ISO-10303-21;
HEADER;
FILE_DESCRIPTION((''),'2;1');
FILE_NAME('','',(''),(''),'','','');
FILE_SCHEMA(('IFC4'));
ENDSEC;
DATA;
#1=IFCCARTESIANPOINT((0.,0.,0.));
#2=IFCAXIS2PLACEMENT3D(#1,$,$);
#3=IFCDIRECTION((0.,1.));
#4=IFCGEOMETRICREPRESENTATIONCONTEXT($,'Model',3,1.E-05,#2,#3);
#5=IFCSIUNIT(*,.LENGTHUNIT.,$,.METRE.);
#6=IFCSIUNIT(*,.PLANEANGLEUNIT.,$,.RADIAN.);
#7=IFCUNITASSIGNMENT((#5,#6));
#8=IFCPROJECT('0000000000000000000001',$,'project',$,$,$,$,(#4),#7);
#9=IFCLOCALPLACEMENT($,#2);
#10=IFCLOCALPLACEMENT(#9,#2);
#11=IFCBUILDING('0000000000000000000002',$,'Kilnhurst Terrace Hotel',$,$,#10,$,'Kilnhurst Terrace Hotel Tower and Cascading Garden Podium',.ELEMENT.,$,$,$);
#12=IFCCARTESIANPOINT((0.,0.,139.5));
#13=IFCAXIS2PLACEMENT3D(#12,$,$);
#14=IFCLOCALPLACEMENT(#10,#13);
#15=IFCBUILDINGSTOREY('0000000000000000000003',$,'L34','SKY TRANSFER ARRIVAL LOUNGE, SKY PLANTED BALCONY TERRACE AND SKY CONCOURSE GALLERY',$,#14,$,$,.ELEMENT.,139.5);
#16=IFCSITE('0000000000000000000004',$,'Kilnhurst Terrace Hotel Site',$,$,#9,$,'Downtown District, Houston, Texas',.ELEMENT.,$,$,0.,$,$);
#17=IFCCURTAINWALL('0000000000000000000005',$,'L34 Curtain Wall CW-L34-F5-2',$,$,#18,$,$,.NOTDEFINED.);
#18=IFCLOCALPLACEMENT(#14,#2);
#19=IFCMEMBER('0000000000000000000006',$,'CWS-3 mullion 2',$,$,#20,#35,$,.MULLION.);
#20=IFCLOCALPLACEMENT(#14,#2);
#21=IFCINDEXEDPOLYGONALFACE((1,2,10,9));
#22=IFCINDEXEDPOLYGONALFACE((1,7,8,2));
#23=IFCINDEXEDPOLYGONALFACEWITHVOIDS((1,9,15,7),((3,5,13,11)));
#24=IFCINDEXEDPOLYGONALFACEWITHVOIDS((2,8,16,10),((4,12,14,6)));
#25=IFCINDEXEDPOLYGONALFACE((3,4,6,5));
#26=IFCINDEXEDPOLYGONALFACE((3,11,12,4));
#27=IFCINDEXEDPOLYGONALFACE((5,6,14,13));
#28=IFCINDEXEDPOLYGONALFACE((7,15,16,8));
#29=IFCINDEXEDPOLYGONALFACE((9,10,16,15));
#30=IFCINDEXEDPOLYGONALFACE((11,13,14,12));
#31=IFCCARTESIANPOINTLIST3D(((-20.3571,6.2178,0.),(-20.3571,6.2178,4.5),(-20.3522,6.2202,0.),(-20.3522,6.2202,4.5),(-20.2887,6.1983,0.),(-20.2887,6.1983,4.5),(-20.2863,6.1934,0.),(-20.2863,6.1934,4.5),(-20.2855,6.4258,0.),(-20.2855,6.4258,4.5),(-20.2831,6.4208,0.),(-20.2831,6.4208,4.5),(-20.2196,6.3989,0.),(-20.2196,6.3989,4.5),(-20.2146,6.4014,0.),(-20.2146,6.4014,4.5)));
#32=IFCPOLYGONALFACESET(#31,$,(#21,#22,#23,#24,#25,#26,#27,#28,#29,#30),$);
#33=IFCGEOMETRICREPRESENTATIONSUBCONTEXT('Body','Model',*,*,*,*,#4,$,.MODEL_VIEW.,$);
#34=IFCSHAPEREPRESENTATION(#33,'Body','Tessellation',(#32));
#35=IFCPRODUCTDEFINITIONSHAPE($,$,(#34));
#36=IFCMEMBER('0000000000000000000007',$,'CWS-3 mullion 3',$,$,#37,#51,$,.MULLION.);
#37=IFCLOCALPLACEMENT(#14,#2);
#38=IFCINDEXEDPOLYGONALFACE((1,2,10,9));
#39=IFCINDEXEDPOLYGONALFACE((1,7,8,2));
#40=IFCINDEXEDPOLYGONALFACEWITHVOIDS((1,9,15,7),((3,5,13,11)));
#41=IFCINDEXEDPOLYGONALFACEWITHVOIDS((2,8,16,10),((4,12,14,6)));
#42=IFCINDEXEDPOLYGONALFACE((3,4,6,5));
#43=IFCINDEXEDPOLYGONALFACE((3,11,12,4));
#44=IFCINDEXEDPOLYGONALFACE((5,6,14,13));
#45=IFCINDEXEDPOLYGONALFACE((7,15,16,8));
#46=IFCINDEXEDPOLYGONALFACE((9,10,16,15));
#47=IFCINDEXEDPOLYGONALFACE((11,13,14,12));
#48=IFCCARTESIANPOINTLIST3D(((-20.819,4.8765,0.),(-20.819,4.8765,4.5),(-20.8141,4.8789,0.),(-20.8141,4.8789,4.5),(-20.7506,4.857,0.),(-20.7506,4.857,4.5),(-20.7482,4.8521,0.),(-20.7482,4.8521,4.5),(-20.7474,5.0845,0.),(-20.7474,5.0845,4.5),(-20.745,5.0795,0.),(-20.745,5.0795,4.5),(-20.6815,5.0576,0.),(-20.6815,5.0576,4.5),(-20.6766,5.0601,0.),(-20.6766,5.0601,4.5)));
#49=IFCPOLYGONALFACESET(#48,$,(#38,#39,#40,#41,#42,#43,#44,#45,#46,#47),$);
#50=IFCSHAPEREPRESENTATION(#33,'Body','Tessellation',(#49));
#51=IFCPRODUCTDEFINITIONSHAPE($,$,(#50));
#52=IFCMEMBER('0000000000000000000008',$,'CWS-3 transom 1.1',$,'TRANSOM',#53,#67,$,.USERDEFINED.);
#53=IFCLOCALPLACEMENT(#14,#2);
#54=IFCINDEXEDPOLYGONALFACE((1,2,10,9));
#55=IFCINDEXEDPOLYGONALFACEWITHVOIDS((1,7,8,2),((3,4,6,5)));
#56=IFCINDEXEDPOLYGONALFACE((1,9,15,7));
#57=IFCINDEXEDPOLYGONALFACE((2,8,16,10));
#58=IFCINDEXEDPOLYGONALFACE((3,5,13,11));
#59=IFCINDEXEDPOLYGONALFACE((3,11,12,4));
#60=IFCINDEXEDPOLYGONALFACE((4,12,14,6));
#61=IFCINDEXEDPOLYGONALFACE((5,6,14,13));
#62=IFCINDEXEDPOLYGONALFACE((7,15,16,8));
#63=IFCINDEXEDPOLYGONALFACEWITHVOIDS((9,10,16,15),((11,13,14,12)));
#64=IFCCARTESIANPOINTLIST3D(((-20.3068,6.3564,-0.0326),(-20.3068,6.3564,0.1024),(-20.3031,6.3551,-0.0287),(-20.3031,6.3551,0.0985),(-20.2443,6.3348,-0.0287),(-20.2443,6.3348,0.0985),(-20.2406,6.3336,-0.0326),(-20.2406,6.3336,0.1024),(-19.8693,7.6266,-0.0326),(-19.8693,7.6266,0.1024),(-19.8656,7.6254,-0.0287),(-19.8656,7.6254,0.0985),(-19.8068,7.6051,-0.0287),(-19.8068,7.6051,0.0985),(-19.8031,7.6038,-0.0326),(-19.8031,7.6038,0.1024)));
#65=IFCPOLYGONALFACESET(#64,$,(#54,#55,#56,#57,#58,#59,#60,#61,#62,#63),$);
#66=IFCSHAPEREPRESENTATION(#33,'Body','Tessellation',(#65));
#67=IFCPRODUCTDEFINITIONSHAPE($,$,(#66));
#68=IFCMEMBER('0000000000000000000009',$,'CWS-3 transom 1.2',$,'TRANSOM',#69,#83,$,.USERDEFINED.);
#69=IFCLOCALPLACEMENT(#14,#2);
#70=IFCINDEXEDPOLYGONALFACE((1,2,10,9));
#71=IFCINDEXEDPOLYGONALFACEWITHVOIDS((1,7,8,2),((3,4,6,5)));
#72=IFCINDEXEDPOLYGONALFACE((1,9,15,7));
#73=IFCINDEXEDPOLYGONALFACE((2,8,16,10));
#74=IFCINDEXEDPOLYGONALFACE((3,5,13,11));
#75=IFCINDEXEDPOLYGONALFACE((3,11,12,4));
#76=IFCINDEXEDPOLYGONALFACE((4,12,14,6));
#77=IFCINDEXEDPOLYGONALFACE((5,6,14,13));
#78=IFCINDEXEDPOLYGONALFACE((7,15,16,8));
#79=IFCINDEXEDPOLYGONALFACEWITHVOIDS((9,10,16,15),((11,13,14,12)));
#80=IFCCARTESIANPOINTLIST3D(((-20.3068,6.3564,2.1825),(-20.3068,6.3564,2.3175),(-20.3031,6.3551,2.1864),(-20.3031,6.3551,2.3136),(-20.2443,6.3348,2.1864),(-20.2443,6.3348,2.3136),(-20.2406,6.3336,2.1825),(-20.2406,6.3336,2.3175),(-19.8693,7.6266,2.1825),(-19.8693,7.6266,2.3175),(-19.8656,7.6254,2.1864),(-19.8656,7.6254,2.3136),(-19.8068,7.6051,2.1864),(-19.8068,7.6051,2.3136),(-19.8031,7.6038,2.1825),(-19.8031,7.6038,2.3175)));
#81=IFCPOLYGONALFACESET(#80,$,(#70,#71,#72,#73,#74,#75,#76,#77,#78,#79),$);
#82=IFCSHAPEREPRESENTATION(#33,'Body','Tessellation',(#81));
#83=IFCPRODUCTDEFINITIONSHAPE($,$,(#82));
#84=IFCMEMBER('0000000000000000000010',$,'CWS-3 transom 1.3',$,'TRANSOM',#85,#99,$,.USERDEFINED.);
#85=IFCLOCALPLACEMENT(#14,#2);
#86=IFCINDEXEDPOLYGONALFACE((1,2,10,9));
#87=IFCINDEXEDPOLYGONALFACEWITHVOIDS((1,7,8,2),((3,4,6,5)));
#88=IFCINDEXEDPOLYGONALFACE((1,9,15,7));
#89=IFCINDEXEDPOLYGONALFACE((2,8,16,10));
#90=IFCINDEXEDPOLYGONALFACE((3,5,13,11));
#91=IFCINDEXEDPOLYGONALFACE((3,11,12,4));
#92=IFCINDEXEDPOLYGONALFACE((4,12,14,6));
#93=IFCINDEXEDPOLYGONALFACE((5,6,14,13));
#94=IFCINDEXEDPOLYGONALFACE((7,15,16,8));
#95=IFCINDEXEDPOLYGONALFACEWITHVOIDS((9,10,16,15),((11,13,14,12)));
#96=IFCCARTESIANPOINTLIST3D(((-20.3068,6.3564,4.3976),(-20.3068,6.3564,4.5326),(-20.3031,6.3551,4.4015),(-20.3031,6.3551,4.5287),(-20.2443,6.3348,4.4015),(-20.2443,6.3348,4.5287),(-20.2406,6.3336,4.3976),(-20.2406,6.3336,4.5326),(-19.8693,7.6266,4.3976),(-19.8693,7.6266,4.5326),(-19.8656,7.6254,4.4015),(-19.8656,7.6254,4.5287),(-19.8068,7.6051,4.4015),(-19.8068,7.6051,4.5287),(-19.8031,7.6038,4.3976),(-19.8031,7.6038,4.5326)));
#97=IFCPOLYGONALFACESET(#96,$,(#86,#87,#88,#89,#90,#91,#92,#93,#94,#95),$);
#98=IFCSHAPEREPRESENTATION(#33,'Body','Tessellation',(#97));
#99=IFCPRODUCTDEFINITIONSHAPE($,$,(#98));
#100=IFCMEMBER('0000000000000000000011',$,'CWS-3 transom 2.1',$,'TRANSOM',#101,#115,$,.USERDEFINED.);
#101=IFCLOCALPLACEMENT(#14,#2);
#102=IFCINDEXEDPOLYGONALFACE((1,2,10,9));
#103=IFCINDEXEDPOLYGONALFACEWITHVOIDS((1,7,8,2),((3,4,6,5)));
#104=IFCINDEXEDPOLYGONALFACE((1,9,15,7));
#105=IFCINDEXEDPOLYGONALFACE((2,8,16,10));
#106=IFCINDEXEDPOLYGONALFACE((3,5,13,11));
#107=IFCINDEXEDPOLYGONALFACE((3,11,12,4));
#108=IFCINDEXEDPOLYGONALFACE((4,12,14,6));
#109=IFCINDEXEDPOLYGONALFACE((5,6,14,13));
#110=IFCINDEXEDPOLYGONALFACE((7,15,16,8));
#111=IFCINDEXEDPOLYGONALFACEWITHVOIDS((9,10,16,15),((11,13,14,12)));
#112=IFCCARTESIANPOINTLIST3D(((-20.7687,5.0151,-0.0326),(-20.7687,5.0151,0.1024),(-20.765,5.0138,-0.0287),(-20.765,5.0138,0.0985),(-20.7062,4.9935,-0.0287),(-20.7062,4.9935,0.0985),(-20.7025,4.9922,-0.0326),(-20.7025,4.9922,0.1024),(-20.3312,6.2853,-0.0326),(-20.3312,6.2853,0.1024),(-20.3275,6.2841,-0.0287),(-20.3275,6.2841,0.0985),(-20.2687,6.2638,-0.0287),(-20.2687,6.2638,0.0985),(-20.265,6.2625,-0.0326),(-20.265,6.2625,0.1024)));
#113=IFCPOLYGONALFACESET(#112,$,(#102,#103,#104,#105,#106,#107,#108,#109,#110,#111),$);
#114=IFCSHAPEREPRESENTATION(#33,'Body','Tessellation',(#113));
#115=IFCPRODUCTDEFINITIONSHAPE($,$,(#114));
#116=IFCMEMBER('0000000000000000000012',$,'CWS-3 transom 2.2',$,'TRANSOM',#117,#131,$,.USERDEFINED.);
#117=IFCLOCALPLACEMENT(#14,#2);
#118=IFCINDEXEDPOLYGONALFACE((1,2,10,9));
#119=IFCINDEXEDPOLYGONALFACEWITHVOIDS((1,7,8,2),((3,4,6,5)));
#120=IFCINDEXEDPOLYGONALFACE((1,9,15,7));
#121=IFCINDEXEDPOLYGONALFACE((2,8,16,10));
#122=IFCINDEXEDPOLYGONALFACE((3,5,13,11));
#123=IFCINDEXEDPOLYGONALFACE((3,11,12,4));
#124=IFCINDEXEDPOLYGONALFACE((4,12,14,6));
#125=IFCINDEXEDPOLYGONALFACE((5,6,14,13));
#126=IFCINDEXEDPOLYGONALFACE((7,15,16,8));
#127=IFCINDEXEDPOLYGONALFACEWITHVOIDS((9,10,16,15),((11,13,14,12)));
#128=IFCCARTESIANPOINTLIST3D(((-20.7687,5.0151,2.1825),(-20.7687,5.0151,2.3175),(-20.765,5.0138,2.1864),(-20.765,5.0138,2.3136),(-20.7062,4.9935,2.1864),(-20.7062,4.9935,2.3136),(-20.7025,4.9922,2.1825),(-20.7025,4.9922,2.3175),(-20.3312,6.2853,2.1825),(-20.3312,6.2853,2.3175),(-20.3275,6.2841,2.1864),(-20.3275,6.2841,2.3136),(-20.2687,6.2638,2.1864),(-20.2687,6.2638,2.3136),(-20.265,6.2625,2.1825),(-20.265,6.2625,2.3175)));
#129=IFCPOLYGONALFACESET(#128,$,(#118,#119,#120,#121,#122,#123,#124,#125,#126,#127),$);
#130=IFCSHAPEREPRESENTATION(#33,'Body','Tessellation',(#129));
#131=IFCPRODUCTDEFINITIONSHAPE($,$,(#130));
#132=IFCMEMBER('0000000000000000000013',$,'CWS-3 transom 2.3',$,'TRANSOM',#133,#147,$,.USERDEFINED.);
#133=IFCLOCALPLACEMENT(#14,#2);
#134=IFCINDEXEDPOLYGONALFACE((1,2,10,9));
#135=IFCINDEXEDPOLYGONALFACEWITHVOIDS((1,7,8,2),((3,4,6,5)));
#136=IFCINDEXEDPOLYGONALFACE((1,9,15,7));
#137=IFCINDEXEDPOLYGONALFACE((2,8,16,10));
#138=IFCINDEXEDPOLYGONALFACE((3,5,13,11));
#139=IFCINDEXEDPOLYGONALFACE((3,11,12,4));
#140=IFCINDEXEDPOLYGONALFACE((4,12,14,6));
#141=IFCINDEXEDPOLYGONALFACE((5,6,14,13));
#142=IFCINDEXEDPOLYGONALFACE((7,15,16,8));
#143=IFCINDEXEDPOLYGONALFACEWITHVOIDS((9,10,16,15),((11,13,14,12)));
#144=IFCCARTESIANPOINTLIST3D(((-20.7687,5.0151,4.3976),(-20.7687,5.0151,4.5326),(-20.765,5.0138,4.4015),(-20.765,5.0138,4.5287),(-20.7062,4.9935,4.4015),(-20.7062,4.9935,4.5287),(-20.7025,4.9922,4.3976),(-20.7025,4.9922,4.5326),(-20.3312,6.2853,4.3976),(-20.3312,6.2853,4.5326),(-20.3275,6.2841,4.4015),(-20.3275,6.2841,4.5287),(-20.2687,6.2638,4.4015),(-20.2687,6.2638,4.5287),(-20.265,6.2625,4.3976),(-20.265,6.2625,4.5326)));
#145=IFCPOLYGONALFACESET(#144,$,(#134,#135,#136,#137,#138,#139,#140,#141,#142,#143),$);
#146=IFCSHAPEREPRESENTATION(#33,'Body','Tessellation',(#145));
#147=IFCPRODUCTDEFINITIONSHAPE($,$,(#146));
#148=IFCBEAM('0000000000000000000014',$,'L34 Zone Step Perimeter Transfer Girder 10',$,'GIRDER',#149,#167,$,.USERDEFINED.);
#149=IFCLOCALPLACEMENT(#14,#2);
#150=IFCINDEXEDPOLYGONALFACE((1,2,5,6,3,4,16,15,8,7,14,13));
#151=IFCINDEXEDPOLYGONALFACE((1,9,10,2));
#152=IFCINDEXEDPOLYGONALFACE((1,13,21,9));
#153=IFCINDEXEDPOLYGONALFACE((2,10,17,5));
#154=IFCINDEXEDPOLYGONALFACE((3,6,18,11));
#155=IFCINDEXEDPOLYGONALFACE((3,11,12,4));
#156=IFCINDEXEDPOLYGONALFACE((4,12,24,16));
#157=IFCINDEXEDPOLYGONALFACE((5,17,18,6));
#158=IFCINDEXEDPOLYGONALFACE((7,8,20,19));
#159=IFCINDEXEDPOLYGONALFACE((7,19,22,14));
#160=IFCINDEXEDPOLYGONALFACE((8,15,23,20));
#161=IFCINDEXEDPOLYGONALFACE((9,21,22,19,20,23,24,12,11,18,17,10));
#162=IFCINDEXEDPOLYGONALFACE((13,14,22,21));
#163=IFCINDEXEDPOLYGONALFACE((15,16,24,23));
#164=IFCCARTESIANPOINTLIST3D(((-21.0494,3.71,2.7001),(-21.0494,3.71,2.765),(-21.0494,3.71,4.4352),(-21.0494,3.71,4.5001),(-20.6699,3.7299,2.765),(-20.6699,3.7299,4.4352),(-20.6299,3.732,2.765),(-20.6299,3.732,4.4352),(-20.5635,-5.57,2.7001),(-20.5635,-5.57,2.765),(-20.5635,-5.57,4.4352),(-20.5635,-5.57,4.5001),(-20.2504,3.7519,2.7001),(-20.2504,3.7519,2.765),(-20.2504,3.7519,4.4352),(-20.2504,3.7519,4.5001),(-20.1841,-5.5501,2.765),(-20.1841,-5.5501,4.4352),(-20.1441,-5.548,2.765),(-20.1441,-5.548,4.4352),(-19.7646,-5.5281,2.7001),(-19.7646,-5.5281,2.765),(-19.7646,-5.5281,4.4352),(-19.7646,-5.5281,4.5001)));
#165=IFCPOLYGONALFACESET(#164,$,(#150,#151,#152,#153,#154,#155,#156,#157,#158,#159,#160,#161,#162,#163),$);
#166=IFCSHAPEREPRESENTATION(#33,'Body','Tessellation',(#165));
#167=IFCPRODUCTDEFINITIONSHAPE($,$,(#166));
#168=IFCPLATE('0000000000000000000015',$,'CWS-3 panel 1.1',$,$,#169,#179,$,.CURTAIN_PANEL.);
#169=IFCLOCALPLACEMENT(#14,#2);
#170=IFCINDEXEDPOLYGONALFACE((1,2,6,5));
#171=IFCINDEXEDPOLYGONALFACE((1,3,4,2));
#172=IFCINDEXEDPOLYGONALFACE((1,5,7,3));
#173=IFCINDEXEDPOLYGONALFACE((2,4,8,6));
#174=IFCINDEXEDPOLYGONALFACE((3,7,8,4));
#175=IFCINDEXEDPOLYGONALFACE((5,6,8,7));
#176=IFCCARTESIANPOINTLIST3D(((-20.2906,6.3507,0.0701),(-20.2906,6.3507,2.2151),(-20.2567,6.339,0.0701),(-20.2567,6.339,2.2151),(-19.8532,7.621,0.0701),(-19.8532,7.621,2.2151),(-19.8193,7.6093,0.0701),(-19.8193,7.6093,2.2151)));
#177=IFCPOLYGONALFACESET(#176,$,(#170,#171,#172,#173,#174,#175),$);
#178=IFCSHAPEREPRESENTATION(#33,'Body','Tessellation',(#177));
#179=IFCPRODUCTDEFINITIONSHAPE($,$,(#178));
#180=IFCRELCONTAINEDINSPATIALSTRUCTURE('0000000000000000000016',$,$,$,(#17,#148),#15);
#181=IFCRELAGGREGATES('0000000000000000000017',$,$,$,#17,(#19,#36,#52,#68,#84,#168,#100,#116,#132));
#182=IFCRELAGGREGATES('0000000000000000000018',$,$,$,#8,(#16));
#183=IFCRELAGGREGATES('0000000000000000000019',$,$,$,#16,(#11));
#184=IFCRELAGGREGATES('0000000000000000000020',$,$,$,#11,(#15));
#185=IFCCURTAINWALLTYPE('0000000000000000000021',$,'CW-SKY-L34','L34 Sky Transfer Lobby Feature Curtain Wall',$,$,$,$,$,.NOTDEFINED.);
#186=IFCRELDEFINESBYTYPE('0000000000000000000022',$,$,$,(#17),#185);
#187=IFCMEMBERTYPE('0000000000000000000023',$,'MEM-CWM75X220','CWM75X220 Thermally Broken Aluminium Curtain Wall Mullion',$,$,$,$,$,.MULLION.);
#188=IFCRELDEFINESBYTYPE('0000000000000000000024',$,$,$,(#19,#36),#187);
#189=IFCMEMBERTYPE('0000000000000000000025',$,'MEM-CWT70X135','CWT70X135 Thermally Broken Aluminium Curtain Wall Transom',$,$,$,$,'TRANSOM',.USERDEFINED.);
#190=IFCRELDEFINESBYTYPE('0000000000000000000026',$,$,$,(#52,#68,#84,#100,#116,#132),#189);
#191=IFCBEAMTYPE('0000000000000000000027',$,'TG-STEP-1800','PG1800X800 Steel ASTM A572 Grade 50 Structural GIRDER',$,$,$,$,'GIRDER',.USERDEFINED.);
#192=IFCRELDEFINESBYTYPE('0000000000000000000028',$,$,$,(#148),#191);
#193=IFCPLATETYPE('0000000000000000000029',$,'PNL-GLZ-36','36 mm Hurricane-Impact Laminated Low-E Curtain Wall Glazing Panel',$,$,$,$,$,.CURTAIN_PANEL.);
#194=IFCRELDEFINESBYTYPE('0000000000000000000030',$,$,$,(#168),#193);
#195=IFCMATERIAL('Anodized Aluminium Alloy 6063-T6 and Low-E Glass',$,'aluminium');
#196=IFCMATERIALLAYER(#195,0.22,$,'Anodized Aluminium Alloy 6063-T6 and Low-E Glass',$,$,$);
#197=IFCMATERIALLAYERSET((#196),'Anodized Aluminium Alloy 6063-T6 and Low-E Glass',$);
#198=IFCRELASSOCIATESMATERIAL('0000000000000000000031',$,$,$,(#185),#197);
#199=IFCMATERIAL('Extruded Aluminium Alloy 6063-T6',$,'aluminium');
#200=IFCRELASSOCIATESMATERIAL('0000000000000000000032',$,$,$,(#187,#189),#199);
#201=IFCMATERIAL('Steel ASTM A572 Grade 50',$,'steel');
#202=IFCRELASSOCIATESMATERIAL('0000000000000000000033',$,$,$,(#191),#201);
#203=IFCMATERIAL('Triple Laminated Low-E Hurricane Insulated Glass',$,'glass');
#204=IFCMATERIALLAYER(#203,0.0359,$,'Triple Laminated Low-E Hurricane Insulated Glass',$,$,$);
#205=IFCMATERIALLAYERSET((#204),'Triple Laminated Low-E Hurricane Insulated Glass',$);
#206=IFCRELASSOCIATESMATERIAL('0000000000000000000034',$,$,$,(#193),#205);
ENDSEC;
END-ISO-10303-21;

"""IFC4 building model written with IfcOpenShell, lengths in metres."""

from ifc_helpers import new_model, si_unit, direction, frame, origin, origin_2d, place, context, subcontext, project, spatial, rectangle, hollow_rectangle, i_section, extrude, material, layer, layer_set, material_profile, profile_set, type_object, element, aggregate, save


model = new_model("IFC4")

# Units and contexts
model_context = context("Model", 3, precision=1e-05, world=origin(), true_north=direction((0.0, 1.0)))
body_context = subcontext(model_context, "Body", "Model", "MODEL_VIEW")
ifc_project = project(units=[si_unit("LENGTHUNIT", "METRE"), si_unit("PLANEANGLEUNIT", "RADIAN")], contexts=[model_context])

# Site, building, storey
site_placement = place(None, origin())
site = spatial("IfcSite", under=ifc_project, at=site_placement, Name="Kilnhurst Terrace Hotel Site", LongName="Downtown District, Houston, Texas", CompositionType="ELEMENT", RefElevation=0.0)
building_placement = place(site_placement, origin())
building = spatial("IfcBuilding", under=site, at=building_placement, Name="Kilnhurst Terrace Hotel", LongName="Kilnhurst Terrace Hotel Tower and Cascading Garden Podium", CompositionType="ELEMENT")
storey_placement = place(building_placement, frame((0.0, 0.0, 139.5)))
storey = spatial("IfcBuildingStorey", under=building, at=storey_placement, Name="L34", Description="SKY TRANSFER ARRIVAL LOUNGE, SKY PLANTED BALCONY TERRACE AND SKY CONCOURSE GALLERY", CompositionType="ELEMENT", Elevation=139.5)

# Curtain wall, members
ifc_material_1 = material(Name="Anodized Aluminium Alloy 6063-T6 and Low-E Glass", Category="aluminium")
ifc_layer_1 = layer(ifc_material_1, 0.22, Name="Anodized Aluminium Alloy 6063-T6 and Low-E Glass")
ifc_layer_set_1 = layer_set([ifc_layer_1], Name="Anodized Aluminium Alloy 6063-T6 and Low-E Glass")
curtain_wall_type = type_object("IfcCurtainWallType", Name="CW-SKY-L34", Description="L34 Sky Transfer Lobby Feature Curtain Wall", PredefinedType="NOTDEFINED", material=ifc_layer_set_1)
curtain_wall_placement = place(storey_placement, origin())
curtain_wall = element("IfcCurtainWall", 1, at=curtain_wall_placement, inside=storey, type_object=curtain_wall_type, Name="L34 Curtain Wall CW-L34-F5-2", PredefinedType="NOTDEFINED")
ifc_material_2 = material(Name="Extruded Aluminium Alloy 6063-T6", Category="aluminium")
ifc_material_profile_1 = material_profile(ifc_material_2, hollow_rectangle(XDim=0.075, YDim=0.22, WallThickness=0.0039, at=origin_2d()), Name="CWM75X220")
ifc_profile_set_1 = profile_set([ifc_material_profile_1], Name="Extruded Aluminium Alloy 6063-T6")
member_type_1 = type_object("IfcMemberType", Name="MEM-CWM75X220", Description="CWM75X220 Thermally Broken Aluminium Curtain Wall Mullion", PredefinedType="MULLION", material=ifc_profile_set_1)
member_1_placement = place(storey_placement, frame((-20.2859, 6.3096, 0.0), z_axis=(0.0, 0.0, 1.0), x_axis=(0.945512, -0.325587, 0.0)))
member_1 = element("IfcMember", 2, at=member_1_placement, type_object=member_type_1, Name="CWS-3 mullion 2", PredefinedType="MULLION", context=body_context, shape_type="SweptSolid", body=[
    extrude(hollow_rectangle(XDim=0.075, YDim=0.22, WallThickness=0.0039, at=origin_2d()), origin(), (0.0, 0.0, 1.0), 4.5),
])
member_2_placement = place(storey_placement, frame((-20.7478, 4.9683, 0.0), z_axis=(0.0, 0.0, 1.0), x_axis=(0.945512, -0.325587, 0.0)))
member_2 = element("IfcMember", 3, at=member_2_placement, type_object=member_type_1, Name="CWS-3 mullion 3", PredefinedType="MULLION", context=body_context, shape_type="SweptSolid", body=[
    extrude(hollow_rectangle(XDim=0.075, YDim=0.22, WallThickness=0.0039, at=origin_2d()), origin(), (0.0, 0.0, 1.0), 4.5),
])
ifc_material_profile_2 = material_profile(ifc_material_2, hollow_rectangle(XDim=0.0701, YDim=0.135, WallThickness=0.0039, at=origin_2d()), Name="CWT70X135")
ifc_profile_set_2 = profile_set([ifc_material_profile_2], Name="Extruded Aluminium Alloy 6063-T6")
member_type_2 = type_object("IfcMemberType", Name="MEM-CWT70X135", Description="CWT70X135 Thermally Broken Aluminium Curtain Wall Transom", ElementType="TRANSOM", PredefinedType="USERDEFINED", material=ifc_profile_set_2)
member_3_placement = place(storey_placement, frame((-19.8362, 7.6152, 0.0349), z_axis=(-0.325643, -0.945493, 0.0), x_axis=(0.945493, -0.325643, 0.0)))
member_3 = element("IfcMember", 4, at=member_3_placement, type_object=member_type_2, Name="CWS-3 transom 1.1", ObjectType="TRANSOM", PredefinedType="USERDEFINED", context=body_context, shape_type="SweptSolid", body=[
    extrude(hollow_rectangle(XDim=0.0701, YDim=0.135, WallThickness=0.0039, at=origin_2d()), origin(), (0.0, 0.0, 1.0), 1.3435),
])
member_4_placement = place(storey_placement, frame((-19.8362, 7.6152, 2.25), z_axis=(-0.325643, -0.945493, 0.0), x_axis=(0.945493, -0.325643, 0.0)))
member_4 = element("IfcMember", 5, at=member_4_placement, type_object=member_type_2, Name="CWS-3 transom 1.2", ObjectType="TRANSOM", PredefinedType="USERDEFINED", context=body_context, shape_type="SweptSolid", body=[
    extrude(hollow_rectangle(XDim=0.0701, YDim=0.135, WallThickness=0.0039, at=origin_2d()), origin(), (0.0, 0.0, 1.0), 1.3435),
])
member_5_placement = place(storey_placement, frame((-19.8362, 7.6152, 4.4651), z_axis=(-0.325643, -0.945493, 0.0), x_axis=(0.945493, -0.325643, 0.0)))
member_5 = element("IfcMember", 6, at=member_5_placement, type_object=member_type_2, Name="CWS-3 transom 1.3", ObjectType="TRANSOM", PredefinedType="USERDEFINED", context=body_context, shape_type="SweptSolid", body=[
    extrude(hollow_rectangle(XDim=0.0701, YDim=0.135, WallThickness=0.0039, at=origin_2d()), origin(), (0.0, 0.0, 1.0), 1.3435),
])
member_6_placement = place(storey_placement, frame((-20.2981, 6.2739, 0.0349), z_axis=(-0.325643, -0.945493, 0.0), x_axis=(0.945493, -0.325643, 0.0)))
member_6 = element("IfcMember", 7, at=member_6_placement, type_object=member_type_2, Name="CWS-3 transom 2.1", ObjectType="TRANSOM", PredefinedType="USERDEFINED", context=body_context, shape_type="SweptSolid", body=[
    extrude(hollow_rectangle(XDim=0.0701, YDim=0.135, WallThickness=0.0039, at=origin_2d()), origin(), (0.0, 0.0, 1.0), 1.3435),
])
member_7_placement = place(storey_placement, frame((-20.2981, 6.2739, 2.25), z_axis=(-0.325643, -0.945493, 0.0), x_axis=(0.945493, -0.325643, 0.0)))
member_7 = element("IfcMember", 8, at=member_7_placement, type_object=member_type_2, Name="CWS-3 transom 2.2", ObjectType="TRANSOM", PredefinedType="USERDEFINED", context=body_context, shape_type="SweptSolid", body=[
    extrude(hollow_rectangle(XDim=0.0701, YDim=0.135, WallThickness=0.0039, at=origin_2d()), origin(), (0.0, 0.0, 1.0), 1.3435),
])
member_8_placement = place(storey_placement, frame((-20.2981, 6.2739, 4.4651), z_axis=(-0.325643, -0.945493, 0.0), x_axis=(0.945493, -0.325643, 0.0)))
member_8 = element("IfcMember", 9, at=member_8_placement, type_object=member_type_2, Name="CWS-3 transom 2.3", ObjectType="TRANSOM", PredefinedType="USERDEFINED", context=body_context, shape_type="SweptSolid", body=[
    extrude(hollow_rectangle(XDim=0.0701, YDim=0.135, WallThickness=0.0039, at=origin_2d()), origin(), (0.0, 0.0, 1.0), 1.3435),
])

# Beam
ifc_material_3 = material(Name="Steel ASTM A572 Grade 50", Category="steel")
ifc_material_profile_3 = material_profile(ifc_material_3, i_section(OverallWidth=0.8, OverallDepth=1.8, WebThickness=0.04, FlangeThickness=0.0649, at=origin_2d()), Name="PG1800X800")
ifc_profile_set_3 = profile_set([ifc_material_profile_3], Name="Steel ASTM A572 Grade 50")
beam_type_1 = type_object("IfcBeamType", Name="TG-STEP-1800", Description="PG1800X800 Steel ASTM A572 Grade 50 Structural GIRDER", ElementType="GIRDER", PredefinedType="USERDEFINED", material=ifc_profile_set_3)
beam_1_placement = place(storey_placement, frame((-20.6499, 3.731, 3.6001), z_axis=(0.052282, -0.998632, 0.0), x_axis=(0.998632, 0.052282, 0.0)))
element("IfcBeam", 10, at=beam_1_placement, inside=storey, type_object=beam_type_1, Name="L34 Zone Step Perimeter Transfer Girder 10", ObjectType="GIRDER", PredefinedType="USERDEFINED", context=body_context, shape_type="SweptSolid", body=[
    extrude(i_section(OverallWidth=0.8, OverallDepth=1.8, WebThickness=0.04, FlangeThickness=0.0649, at=origin_2d()), origin(), (0.0, 0.0, 1.0), 9.2927),
])

# Plate
ifc_material_4 = material(Name="Triple Laminated Low-E Hurricane Insulated Glass", Category="glass")
ifc_layer_2 = layer(ifc_material_4, 0.0359, Name="Triple Laminated Low-E Hurricane Insulated Glass")
ifc_layer_set_2 = layer_set([ifc_layer_2], Name="Triple Laminated Low-E Hurricane Insulated Glass")
plate_type = type_object("IfcPlateType", Name="PNL-GLZ-36", Description="36 mm Hurricane-Impact Laminated Low-E Curtain Wall Glazing Panel", PredefinedType="CURTAIN_PANEL", material=ifc_layer_set_2)
plate_1_placement = place(storey_placement, frame((-20.0549, 6.98, 0.0701), z_axis=(0.0, 0.0, 1.0), x_axis=(-0.325587, -0.945512, 0.0)))
plate_1 = element("IfcPlate", 11, at=plate_1_placement, type_object=plate_type, Name="CWS-3 panel 1.1", PredefinedType="CURTAIN_PANEL", context=body_context, shape_type="SweptSolid", body=[
    extrude(rectangle(XDim=1.3435, YDim=0.0359, at=origin_2d()), origin(), (0.0, 0.0, 1.0), 2.145),
])
aggregate(curtain_wall, [member_1, member_2, member_3, member_4, member_5, plate_1, member_6, member_7, member_8])

save(model, "model.ifc")
